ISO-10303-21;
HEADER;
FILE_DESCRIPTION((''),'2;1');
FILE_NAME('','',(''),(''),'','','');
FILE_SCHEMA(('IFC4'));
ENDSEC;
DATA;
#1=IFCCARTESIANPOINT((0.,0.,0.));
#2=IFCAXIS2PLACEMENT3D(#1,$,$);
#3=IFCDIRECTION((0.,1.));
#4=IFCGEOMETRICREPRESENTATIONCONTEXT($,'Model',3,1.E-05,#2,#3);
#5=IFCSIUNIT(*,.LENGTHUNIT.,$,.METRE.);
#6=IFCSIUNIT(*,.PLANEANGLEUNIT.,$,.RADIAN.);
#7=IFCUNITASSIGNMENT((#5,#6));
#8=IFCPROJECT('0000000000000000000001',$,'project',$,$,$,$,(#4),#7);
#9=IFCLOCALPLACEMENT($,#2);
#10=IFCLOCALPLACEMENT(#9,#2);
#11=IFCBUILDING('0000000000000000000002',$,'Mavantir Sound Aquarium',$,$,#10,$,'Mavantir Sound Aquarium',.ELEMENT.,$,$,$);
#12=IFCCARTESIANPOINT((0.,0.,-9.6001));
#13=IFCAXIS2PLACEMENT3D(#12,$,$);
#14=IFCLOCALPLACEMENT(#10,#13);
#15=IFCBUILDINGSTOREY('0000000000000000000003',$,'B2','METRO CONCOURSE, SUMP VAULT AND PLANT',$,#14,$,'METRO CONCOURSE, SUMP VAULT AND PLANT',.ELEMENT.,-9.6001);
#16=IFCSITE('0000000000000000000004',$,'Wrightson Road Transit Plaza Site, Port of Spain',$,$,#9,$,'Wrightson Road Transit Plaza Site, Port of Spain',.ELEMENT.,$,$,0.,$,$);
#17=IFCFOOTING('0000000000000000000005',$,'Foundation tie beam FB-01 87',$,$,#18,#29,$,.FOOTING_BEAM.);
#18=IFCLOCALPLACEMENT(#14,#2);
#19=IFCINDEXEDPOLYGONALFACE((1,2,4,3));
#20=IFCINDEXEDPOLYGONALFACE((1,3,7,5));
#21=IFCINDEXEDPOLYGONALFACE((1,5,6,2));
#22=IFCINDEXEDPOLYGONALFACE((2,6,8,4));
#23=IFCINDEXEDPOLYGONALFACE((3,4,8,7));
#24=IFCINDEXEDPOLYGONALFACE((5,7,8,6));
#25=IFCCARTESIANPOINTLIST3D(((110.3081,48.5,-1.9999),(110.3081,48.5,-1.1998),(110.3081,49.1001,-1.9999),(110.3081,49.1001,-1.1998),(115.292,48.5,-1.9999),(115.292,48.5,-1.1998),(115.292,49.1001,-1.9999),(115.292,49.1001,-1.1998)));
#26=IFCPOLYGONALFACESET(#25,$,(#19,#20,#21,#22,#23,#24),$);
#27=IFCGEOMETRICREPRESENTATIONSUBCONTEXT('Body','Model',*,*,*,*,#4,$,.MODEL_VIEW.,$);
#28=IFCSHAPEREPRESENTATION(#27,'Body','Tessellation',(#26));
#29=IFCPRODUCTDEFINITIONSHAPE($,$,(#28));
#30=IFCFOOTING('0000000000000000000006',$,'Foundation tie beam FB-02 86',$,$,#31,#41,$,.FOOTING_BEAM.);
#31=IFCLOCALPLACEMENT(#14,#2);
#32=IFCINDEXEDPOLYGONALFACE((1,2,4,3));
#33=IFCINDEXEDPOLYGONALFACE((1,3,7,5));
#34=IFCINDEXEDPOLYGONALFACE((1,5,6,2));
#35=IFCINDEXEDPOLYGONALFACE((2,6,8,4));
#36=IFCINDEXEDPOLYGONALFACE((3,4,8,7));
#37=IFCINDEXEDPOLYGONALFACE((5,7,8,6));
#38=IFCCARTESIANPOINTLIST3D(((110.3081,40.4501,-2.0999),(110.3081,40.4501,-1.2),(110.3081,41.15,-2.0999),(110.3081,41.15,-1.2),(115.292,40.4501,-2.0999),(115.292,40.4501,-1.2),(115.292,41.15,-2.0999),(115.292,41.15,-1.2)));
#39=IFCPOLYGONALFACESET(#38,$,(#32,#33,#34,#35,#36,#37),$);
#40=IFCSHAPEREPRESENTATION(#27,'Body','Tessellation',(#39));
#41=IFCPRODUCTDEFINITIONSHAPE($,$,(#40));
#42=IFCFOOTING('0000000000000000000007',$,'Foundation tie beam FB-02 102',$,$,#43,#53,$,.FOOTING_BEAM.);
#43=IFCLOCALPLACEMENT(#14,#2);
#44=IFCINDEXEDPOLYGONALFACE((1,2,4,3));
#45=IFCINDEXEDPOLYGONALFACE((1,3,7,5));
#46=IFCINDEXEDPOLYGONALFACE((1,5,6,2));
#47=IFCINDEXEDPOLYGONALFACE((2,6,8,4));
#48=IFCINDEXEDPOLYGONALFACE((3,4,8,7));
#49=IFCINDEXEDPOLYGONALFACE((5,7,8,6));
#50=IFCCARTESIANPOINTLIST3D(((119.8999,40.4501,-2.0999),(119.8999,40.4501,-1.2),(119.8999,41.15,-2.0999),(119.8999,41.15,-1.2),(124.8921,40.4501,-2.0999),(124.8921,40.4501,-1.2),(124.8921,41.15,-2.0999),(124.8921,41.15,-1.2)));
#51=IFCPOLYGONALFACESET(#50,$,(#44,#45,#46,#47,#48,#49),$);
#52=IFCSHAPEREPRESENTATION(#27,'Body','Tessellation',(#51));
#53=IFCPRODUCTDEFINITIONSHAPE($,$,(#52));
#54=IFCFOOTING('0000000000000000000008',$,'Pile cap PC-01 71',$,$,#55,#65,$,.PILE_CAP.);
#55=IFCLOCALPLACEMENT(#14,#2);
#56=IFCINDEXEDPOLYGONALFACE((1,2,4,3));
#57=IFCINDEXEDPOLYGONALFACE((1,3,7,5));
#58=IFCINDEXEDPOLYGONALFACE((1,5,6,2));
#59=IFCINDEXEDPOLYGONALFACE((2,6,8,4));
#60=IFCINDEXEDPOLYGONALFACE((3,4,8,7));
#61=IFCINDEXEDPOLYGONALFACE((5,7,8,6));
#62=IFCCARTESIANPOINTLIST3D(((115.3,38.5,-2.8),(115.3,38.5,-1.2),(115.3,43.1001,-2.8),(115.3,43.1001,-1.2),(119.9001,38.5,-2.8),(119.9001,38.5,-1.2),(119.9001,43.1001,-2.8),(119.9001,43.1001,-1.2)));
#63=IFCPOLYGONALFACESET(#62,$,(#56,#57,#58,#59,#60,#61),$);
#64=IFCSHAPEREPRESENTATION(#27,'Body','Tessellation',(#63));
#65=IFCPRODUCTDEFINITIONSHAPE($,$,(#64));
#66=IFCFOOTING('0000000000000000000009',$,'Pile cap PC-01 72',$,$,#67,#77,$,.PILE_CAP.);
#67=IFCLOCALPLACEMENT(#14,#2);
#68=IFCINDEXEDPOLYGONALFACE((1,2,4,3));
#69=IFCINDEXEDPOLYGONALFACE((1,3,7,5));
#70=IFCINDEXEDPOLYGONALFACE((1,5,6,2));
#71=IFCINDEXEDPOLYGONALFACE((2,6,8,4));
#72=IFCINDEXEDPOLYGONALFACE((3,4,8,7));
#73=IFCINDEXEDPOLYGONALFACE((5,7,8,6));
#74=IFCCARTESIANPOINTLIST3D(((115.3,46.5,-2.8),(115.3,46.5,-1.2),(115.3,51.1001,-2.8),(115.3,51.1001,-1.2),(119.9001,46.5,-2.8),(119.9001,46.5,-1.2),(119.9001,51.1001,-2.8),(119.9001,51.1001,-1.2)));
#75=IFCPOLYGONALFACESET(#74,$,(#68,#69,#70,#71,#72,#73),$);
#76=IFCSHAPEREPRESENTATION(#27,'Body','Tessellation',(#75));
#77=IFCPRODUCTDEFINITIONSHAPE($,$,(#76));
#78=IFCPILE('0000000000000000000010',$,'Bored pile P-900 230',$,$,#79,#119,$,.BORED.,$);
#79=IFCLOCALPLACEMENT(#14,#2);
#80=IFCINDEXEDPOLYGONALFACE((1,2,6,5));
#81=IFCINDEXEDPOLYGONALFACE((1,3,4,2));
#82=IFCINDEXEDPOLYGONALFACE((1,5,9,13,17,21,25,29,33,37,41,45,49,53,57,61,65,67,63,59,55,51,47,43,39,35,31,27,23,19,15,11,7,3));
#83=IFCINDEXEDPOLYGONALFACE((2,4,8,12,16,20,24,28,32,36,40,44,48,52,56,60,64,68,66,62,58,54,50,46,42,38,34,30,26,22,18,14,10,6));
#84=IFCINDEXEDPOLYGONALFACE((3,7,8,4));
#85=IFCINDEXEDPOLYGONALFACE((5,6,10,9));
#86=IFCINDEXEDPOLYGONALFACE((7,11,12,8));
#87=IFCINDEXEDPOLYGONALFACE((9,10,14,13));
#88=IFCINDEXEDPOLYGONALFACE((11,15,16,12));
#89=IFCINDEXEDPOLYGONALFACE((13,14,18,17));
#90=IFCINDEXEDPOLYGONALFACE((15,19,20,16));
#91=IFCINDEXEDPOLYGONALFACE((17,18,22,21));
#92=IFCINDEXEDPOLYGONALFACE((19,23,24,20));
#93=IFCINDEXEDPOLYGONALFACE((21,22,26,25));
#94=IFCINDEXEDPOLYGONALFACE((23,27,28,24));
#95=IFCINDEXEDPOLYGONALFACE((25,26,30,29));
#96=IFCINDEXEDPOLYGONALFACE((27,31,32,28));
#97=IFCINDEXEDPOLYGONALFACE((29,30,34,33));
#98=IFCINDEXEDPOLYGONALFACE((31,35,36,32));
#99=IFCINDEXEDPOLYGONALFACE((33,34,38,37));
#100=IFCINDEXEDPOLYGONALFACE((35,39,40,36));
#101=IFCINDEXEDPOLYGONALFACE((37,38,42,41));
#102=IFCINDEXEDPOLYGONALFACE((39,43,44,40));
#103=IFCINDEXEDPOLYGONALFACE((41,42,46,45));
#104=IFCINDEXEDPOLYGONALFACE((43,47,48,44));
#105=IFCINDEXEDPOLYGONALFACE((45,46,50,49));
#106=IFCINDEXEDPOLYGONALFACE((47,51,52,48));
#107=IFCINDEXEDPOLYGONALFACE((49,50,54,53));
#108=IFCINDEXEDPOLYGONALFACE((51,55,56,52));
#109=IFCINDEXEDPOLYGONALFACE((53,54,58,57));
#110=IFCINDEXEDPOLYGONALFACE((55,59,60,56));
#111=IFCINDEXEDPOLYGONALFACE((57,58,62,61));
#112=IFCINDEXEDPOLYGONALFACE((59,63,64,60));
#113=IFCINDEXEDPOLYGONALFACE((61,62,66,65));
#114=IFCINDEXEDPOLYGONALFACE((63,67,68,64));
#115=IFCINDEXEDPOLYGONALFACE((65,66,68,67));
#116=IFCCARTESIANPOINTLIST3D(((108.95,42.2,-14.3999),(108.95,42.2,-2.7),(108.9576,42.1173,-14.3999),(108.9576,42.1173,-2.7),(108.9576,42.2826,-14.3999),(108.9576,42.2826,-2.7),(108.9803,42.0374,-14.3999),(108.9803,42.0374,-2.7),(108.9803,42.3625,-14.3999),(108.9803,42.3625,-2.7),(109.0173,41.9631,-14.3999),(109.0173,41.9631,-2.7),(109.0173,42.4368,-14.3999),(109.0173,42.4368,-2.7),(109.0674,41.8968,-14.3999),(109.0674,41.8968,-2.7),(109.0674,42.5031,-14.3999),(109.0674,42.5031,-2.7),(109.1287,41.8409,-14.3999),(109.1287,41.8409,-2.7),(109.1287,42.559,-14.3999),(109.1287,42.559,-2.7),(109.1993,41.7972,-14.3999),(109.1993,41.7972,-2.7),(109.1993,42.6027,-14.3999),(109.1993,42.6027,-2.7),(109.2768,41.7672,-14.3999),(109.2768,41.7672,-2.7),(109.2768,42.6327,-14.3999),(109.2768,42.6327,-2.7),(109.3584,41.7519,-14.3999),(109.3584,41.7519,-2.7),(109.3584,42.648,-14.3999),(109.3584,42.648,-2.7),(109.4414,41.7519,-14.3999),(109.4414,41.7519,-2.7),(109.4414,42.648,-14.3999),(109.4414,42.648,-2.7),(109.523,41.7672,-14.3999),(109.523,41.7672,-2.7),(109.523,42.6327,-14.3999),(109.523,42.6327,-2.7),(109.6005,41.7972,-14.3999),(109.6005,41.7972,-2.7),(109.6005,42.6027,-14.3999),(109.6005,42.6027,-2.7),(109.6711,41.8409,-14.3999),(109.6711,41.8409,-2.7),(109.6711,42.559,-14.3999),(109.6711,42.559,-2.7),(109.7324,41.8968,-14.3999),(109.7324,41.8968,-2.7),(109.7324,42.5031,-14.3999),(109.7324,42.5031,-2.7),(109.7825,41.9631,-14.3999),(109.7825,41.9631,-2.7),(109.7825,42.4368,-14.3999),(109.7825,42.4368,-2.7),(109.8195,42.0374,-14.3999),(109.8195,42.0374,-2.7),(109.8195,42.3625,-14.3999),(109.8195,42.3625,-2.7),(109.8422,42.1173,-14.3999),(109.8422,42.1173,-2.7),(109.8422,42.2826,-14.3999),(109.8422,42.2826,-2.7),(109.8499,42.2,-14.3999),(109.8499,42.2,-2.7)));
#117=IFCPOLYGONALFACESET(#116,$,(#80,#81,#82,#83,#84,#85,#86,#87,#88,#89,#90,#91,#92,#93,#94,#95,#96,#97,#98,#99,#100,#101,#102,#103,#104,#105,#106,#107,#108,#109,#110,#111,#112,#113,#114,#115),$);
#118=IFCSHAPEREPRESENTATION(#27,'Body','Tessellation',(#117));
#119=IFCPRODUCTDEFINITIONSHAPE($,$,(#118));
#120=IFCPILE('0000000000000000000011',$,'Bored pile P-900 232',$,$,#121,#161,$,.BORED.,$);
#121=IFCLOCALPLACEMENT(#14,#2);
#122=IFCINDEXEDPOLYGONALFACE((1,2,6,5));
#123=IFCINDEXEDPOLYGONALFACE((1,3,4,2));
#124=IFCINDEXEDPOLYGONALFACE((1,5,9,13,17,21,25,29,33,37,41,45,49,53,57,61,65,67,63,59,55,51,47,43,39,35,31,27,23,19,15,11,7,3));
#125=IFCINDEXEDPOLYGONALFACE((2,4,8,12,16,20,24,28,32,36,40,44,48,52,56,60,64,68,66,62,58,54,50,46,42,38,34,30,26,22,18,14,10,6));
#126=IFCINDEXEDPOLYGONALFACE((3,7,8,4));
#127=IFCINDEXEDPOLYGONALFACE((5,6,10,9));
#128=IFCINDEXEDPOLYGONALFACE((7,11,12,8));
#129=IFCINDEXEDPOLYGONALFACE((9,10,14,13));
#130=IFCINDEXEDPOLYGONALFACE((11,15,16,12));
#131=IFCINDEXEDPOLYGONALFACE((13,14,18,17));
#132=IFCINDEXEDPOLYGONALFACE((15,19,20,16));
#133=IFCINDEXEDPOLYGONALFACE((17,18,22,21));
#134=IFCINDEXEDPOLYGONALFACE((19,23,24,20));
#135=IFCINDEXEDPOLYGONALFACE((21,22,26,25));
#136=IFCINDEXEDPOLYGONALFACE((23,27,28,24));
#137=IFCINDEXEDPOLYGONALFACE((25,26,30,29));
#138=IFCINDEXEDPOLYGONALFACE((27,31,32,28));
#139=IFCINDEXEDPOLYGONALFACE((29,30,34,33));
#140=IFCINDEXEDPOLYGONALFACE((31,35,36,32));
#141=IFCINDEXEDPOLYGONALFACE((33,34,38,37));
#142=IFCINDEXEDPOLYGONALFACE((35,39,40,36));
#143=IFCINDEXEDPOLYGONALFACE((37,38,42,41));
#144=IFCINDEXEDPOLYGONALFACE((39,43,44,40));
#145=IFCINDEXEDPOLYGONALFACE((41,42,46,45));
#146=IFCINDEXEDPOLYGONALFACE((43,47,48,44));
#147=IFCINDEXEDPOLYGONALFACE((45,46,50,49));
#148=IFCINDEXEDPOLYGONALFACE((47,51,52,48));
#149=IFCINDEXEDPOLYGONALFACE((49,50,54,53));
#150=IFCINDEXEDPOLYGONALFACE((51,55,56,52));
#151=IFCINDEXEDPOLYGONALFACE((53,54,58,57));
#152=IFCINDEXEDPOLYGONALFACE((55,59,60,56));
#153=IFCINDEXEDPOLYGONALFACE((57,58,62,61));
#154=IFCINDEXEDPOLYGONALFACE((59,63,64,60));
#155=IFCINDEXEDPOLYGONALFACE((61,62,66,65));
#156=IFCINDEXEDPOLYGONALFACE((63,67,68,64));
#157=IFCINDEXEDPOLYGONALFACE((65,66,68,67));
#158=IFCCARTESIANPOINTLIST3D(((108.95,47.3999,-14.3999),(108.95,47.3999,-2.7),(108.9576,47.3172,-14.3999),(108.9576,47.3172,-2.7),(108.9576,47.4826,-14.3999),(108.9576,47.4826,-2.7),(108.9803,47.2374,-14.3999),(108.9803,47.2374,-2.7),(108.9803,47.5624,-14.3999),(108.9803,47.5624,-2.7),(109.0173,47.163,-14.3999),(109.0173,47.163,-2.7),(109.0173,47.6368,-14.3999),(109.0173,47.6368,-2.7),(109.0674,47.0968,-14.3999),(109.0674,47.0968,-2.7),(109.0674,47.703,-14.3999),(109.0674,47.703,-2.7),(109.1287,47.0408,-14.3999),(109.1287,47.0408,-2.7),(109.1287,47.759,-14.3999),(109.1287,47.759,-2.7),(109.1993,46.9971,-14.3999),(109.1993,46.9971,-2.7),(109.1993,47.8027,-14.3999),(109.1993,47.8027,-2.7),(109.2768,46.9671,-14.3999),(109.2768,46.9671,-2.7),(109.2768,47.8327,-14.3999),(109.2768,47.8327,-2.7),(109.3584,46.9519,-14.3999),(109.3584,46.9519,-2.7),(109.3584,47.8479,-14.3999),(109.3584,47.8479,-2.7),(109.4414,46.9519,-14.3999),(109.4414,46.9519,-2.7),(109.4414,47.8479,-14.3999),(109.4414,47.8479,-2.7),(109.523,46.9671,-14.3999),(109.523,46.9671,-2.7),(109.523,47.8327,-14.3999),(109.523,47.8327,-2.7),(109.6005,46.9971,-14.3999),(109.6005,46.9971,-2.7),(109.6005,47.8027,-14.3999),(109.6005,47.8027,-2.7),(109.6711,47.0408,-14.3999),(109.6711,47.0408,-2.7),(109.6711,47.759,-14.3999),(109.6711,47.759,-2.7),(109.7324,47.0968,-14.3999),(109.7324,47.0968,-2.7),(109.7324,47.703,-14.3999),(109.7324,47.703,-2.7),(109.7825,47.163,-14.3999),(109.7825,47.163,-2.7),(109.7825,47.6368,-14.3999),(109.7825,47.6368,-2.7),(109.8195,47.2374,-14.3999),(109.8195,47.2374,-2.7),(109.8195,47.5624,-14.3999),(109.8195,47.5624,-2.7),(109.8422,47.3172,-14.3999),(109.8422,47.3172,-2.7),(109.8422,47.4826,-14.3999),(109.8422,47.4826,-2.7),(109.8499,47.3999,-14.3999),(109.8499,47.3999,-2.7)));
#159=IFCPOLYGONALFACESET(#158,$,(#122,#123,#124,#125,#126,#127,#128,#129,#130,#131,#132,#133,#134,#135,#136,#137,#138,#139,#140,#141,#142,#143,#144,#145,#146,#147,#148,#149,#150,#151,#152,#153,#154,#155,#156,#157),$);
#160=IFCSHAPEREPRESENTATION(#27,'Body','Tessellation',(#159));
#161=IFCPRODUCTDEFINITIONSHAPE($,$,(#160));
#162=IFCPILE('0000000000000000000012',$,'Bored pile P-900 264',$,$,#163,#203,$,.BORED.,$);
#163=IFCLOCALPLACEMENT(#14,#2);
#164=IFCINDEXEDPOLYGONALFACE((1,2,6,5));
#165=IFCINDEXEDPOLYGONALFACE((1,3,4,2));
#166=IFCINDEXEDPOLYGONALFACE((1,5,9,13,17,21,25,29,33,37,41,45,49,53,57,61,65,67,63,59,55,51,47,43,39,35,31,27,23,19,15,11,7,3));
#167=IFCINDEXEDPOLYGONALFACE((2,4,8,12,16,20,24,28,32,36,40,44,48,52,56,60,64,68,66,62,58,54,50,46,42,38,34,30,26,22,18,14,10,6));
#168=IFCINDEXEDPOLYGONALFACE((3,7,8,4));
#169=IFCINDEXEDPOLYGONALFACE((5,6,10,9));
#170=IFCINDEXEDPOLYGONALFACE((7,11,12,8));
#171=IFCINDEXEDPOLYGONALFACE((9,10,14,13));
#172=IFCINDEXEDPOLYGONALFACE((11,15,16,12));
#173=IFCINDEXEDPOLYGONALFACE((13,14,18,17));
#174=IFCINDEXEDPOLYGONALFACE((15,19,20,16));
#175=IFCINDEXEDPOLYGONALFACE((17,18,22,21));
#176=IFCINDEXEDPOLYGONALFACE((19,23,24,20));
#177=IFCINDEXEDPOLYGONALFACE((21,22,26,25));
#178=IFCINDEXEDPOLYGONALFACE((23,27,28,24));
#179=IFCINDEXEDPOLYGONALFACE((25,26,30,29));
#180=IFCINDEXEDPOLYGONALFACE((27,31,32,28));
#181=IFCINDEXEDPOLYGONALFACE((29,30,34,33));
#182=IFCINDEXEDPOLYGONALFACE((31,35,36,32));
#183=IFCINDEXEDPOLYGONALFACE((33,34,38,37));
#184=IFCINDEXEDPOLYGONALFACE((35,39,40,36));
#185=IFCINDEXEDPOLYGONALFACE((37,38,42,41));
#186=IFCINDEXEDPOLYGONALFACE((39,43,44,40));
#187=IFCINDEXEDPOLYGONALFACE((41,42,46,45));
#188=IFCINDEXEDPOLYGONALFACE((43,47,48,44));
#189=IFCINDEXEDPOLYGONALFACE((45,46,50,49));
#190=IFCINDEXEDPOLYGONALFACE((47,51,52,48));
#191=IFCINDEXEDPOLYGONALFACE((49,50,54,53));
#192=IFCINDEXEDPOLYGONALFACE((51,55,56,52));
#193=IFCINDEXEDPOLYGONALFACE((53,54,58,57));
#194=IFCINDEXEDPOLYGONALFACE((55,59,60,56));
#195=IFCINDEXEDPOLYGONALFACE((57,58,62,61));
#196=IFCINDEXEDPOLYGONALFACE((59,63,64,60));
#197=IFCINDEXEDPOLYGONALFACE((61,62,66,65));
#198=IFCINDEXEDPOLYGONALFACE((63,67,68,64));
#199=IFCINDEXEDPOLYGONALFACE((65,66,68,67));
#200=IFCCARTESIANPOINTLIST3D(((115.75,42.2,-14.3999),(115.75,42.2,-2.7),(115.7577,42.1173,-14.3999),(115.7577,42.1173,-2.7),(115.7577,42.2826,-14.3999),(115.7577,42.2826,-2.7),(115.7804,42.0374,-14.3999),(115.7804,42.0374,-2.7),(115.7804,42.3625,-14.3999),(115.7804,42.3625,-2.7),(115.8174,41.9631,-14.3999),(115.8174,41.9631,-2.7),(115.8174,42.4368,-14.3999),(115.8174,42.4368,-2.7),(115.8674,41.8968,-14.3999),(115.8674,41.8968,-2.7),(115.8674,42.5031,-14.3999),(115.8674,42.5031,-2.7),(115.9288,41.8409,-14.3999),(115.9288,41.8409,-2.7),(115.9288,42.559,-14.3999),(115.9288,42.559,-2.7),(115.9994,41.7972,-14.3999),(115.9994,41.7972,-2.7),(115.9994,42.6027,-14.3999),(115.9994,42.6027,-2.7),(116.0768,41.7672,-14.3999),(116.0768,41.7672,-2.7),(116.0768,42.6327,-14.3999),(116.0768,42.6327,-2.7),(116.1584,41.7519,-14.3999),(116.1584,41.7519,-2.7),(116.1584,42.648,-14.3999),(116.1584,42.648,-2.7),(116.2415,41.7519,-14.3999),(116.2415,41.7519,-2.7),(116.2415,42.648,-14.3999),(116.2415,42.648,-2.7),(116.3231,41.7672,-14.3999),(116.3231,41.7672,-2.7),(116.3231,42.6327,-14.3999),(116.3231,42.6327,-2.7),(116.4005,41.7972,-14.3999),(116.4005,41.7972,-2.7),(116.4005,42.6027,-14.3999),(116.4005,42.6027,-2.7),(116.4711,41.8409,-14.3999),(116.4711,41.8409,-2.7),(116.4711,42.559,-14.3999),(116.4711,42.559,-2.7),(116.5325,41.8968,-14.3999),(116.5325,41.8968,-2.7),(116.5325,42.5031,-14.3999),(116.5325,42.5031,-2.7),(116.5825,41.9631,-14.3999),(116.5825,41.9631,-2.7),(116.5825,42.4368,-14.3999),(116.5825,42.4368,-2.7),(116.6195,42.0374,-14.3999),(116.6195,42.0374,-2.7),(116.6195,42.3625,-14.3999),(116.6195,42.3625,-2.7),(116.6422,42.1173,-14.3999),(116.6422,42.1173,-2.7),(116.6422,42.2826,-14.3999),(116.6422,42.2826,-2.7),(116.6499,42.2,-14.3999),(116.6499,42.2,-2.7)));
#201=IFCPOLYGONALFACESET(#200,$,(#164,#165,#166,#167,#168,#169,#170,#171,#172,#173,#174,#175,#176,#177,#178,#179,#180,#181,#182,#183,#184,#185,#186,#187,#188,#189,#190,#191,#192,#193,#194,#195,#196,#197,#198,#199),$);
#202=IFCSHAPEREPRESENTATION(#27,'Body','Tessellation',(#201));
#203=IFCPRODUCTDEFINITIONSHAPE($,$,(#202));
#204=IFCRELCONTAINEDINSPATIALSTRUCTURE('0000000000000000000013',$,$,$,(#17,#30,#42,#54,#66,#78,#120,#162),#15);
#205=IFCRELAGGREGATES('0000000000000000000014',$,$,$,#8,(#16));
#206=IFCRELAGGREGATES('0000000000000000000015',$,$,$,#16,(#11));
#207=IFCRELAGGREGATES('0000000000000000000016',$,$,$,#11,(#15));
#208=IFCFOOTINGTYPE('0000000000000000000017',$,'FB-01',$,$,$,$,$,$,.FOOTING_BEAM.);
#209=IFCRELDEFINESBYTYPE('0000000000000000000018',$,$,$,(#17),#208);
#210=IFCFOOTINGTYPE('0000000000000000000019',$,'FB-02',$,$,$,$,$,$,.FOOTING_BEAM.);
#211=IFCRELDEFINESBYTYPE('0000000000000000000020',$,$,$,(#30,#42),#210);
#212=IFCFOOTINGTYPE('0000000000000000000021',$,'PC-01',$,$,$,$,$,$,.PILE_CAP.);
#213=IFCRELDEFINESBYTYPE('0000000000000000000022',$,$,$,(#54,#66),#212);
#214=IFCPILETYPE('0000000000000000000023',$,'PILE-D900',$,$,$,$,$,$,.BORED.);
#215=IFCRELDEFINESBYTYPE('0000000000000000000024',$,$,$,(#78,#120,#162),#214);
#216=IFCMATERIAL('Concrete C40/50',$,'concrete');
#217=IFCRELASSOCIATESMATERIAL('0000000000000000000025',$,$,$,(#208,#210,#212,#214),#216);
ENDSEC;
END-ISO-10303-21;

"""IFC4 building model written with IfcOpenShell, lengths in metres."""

from ifc_helpers import new_model, si_unit, direction, frame, origin, origin_2d, place, context, subcontext, project, spatial, rectangle, circle, extrude, material, material_profile, profile_set, type_object, element, save


model = new_model("IFC4")

# Units and contexts
model_context = context("Model", 3, precision=1e-05, world=origin(), true_north=direction((0.0, 1.0)))
body_context = subcontext(model_context, "Body", "Model", "MODEL_VIEW")
ifc_project = project(units=[si_unit("LENGTHUNIT", "METRE"), si_unit("PLANEANGLEUNIT", "RADIAN")], contexts=[model_context])

# Site, building, storey
site_placement = place(None, origin())
site = spatial("IfcSite", under=ifc_project, at=site_placement, Name="Wrightson Road Transit Plaza Site, Port of Spain", LongName="Wrightson Road Transit Plaza Site, Port of Spain", CompositionType="ELEMENT", RefElevation=0.0)
building_placement = place(site_placement, origin())
building = spatial("IfcBuilding", under=site, at=building_placement, Name="Mavantir Sound Aquarium", LongName="Mavantir Sound Aquarium", CompositionType="ELEMENT")
storey_placement = place(building_placement, frame((0.0, 0.0, -9.6001)))
storey = spatial("IfcBuildingStorey", under=building, at=storey_placement, Name="B2", Description="METRO CONCOURSE, SUMP VAULT AND PLANT", LongName="METRO CONCOURSE, SUMP VAULT AND PLANT", CompositionType="ELEMENT", Elevation=-9.6001)

# Footings
ifc_material_1 = material(Name="Concrete C40/50", Category="concrete")
ifc_material_profile_1 = material_profile(ifc_material_1, rectangle(XDim=0.6001, YDim=0.8, at=origin_2d()), Name="RC 600X800")
ifc_profile_set_1 = profile_set([ifc_material_profile_1], Name="Concrete C40/50")
footing_type_1 = type_object("IfcFootingType", Name="FB-01", PredefinedType="FOOTING_BEAM", material=ifc_profile_set_1)
footing_1_placement = place(storey_placement, frame((110.3081, 48.8, -1.5999), z_axis=(1.0, 0.0, 0.0), x_axis=(0.0, 1.0, 0.0)))
element("IfcFooting", 1, at=footing_1_placement, inside=storey, type_object=footing_type_1, Name="Foundation tie beam FB-01 87", PredefinedType="FOOTING_BEAM", context=body_context, shape_type="SweptSolid", body=[
    extrude(rectangle(XDim=0.6001, YDim=0.8, at=origin_2d()), origin(), (0.0, 0.0, 1.0), 4.9839),
])
ifc_material_profile_2 = material_profile(ifc_material_1, rectangle(XDim=0.7, YDim=0.8999, at=origin_2d()), Name="RC 700X900")
ifc_profile_set_2 = profile_set([ifc_material_profile_2], Name="Concrete C40/50")
footing_type_2 = type_object("IfcFootingType", Name="FB-02", PredefinedType="FOOTING_BEAM", material=ifc_profile_set_2)
footing_2_placement = place(storey_placement, frame((110.3081, 40.8, -1.6499), z_axis=(1.0, 0.0, 0.0), x_axis=(0.0, 1.0, 0.0)))
element("IfcFooting", 2, at=footing_2_placement, inside=storey, type_object=footing_type_2, Name="Foundation tie beam FB-02 86", PredefinedType="FOOTING_BEAM", context=body_context, shape_type="SweptSolid", body=[
    extrude(rectangle(XDim=0.7, YDim=0.8999, at=origin_2d()), origin(), (0.0, 0.0, 1.0), 4.9839),
])
footing_3_placement = place(storey_placement, frame((119.8999, 40.8, -1.6499), z_axis=(1.0, 0.0, 0.0), x_axis=(0.0, 1.0, 0.0)))
element("IfcFooting", 3, at=footing_3_placement, inside=storey, type_object=footing_type_2, Name="Foundation tie beam FB-02 102", PredefinedType="FOOTING_BEAM", context=body_context, shape_type="SweptSolid", body=[
    extrude(rectangle(XDim=0.7, YDim=0.8999, at=origin_2d()), origin(), (0.0, 0.0, 1.0), 4.9922),
])
footing_type_3 = type_object("IfcFootingType", Name="PC-01", PredefinedType="PILE_CAP", material=ifc_material_1)
for number, where, z_axis, x_axis, name in (
    (4, (117.6001, 40.8, -2.8), (0.0, 0.0, 1.0), (1.0, 0.0, 0.0), "Pile cap PC-01 71"),
    (5, (117.6001, 48.8, -2.8), (0.0, 0.0, 1.0), (1.0, 0.0, 0.0), "Pile cap PC-01 72"),
):
    element("IfcFooting", number, at=place(storey_placement, frame(where, z_axis=z_axis, x_axis=x_axis)), inside=storey, type_object=footing_type_3, Name=name, PredefinedType="PILE_CAP", context=body_context, shape_type="SweptSolid", body=[
        extrude(rectangle(XDim=4.6001, YDim=4.6001, at=origin_2d()), origin(), (0.0, 0.0, 1.0), 1.6001),
    ])

# Piles
ifc_material_profile_3 = material_profile(ifc_material_1, circle(Radius=0.45, at=origin_2d()), Name="PILE D900")
ifc_profile_set_3 = profile_set([ifc_material_profile_3], Name="Concrete C40/50")
pile_type = type_object("IfcPileType", Name="PILE-D900", PredefinedType="BORED", material=ifc_profile_set_3)
for number, where, z_axis, x_axis, name in (
    (6, (109.3999, 42.2, -2.7), (0.0, 0.0, -1.0), (1.0, 0.0, 0.0), "Bored pile P-900 230"),
    (7, (109.3999, 47.3999, -2.7), (0.0, 0.0, -1.0), (1.0, 0.0, 0.0), "Bored pile P-900 232"),
    (8, (116.2, 42.2, -2.7), (0.0, 0.0, -1.0), (1.0, 0.0, 0.0), "Bored pile P-900 264"),
):
    element("IfcPile", number, at=place(storey_placement, frame(where, z_axis=z_axis, x_axis=x_axis)), inside=storey, type_object=pile_type, Name=name, PredefinedType="BORED", context=body_context, shape_type="SweptSolid", body=[
        extrude(circle(Radius=0.45, at=origin_2d()), origin(), (0.0, 0.0, 1.0), 11.7),
    ])

save(model, "model.ifc")
